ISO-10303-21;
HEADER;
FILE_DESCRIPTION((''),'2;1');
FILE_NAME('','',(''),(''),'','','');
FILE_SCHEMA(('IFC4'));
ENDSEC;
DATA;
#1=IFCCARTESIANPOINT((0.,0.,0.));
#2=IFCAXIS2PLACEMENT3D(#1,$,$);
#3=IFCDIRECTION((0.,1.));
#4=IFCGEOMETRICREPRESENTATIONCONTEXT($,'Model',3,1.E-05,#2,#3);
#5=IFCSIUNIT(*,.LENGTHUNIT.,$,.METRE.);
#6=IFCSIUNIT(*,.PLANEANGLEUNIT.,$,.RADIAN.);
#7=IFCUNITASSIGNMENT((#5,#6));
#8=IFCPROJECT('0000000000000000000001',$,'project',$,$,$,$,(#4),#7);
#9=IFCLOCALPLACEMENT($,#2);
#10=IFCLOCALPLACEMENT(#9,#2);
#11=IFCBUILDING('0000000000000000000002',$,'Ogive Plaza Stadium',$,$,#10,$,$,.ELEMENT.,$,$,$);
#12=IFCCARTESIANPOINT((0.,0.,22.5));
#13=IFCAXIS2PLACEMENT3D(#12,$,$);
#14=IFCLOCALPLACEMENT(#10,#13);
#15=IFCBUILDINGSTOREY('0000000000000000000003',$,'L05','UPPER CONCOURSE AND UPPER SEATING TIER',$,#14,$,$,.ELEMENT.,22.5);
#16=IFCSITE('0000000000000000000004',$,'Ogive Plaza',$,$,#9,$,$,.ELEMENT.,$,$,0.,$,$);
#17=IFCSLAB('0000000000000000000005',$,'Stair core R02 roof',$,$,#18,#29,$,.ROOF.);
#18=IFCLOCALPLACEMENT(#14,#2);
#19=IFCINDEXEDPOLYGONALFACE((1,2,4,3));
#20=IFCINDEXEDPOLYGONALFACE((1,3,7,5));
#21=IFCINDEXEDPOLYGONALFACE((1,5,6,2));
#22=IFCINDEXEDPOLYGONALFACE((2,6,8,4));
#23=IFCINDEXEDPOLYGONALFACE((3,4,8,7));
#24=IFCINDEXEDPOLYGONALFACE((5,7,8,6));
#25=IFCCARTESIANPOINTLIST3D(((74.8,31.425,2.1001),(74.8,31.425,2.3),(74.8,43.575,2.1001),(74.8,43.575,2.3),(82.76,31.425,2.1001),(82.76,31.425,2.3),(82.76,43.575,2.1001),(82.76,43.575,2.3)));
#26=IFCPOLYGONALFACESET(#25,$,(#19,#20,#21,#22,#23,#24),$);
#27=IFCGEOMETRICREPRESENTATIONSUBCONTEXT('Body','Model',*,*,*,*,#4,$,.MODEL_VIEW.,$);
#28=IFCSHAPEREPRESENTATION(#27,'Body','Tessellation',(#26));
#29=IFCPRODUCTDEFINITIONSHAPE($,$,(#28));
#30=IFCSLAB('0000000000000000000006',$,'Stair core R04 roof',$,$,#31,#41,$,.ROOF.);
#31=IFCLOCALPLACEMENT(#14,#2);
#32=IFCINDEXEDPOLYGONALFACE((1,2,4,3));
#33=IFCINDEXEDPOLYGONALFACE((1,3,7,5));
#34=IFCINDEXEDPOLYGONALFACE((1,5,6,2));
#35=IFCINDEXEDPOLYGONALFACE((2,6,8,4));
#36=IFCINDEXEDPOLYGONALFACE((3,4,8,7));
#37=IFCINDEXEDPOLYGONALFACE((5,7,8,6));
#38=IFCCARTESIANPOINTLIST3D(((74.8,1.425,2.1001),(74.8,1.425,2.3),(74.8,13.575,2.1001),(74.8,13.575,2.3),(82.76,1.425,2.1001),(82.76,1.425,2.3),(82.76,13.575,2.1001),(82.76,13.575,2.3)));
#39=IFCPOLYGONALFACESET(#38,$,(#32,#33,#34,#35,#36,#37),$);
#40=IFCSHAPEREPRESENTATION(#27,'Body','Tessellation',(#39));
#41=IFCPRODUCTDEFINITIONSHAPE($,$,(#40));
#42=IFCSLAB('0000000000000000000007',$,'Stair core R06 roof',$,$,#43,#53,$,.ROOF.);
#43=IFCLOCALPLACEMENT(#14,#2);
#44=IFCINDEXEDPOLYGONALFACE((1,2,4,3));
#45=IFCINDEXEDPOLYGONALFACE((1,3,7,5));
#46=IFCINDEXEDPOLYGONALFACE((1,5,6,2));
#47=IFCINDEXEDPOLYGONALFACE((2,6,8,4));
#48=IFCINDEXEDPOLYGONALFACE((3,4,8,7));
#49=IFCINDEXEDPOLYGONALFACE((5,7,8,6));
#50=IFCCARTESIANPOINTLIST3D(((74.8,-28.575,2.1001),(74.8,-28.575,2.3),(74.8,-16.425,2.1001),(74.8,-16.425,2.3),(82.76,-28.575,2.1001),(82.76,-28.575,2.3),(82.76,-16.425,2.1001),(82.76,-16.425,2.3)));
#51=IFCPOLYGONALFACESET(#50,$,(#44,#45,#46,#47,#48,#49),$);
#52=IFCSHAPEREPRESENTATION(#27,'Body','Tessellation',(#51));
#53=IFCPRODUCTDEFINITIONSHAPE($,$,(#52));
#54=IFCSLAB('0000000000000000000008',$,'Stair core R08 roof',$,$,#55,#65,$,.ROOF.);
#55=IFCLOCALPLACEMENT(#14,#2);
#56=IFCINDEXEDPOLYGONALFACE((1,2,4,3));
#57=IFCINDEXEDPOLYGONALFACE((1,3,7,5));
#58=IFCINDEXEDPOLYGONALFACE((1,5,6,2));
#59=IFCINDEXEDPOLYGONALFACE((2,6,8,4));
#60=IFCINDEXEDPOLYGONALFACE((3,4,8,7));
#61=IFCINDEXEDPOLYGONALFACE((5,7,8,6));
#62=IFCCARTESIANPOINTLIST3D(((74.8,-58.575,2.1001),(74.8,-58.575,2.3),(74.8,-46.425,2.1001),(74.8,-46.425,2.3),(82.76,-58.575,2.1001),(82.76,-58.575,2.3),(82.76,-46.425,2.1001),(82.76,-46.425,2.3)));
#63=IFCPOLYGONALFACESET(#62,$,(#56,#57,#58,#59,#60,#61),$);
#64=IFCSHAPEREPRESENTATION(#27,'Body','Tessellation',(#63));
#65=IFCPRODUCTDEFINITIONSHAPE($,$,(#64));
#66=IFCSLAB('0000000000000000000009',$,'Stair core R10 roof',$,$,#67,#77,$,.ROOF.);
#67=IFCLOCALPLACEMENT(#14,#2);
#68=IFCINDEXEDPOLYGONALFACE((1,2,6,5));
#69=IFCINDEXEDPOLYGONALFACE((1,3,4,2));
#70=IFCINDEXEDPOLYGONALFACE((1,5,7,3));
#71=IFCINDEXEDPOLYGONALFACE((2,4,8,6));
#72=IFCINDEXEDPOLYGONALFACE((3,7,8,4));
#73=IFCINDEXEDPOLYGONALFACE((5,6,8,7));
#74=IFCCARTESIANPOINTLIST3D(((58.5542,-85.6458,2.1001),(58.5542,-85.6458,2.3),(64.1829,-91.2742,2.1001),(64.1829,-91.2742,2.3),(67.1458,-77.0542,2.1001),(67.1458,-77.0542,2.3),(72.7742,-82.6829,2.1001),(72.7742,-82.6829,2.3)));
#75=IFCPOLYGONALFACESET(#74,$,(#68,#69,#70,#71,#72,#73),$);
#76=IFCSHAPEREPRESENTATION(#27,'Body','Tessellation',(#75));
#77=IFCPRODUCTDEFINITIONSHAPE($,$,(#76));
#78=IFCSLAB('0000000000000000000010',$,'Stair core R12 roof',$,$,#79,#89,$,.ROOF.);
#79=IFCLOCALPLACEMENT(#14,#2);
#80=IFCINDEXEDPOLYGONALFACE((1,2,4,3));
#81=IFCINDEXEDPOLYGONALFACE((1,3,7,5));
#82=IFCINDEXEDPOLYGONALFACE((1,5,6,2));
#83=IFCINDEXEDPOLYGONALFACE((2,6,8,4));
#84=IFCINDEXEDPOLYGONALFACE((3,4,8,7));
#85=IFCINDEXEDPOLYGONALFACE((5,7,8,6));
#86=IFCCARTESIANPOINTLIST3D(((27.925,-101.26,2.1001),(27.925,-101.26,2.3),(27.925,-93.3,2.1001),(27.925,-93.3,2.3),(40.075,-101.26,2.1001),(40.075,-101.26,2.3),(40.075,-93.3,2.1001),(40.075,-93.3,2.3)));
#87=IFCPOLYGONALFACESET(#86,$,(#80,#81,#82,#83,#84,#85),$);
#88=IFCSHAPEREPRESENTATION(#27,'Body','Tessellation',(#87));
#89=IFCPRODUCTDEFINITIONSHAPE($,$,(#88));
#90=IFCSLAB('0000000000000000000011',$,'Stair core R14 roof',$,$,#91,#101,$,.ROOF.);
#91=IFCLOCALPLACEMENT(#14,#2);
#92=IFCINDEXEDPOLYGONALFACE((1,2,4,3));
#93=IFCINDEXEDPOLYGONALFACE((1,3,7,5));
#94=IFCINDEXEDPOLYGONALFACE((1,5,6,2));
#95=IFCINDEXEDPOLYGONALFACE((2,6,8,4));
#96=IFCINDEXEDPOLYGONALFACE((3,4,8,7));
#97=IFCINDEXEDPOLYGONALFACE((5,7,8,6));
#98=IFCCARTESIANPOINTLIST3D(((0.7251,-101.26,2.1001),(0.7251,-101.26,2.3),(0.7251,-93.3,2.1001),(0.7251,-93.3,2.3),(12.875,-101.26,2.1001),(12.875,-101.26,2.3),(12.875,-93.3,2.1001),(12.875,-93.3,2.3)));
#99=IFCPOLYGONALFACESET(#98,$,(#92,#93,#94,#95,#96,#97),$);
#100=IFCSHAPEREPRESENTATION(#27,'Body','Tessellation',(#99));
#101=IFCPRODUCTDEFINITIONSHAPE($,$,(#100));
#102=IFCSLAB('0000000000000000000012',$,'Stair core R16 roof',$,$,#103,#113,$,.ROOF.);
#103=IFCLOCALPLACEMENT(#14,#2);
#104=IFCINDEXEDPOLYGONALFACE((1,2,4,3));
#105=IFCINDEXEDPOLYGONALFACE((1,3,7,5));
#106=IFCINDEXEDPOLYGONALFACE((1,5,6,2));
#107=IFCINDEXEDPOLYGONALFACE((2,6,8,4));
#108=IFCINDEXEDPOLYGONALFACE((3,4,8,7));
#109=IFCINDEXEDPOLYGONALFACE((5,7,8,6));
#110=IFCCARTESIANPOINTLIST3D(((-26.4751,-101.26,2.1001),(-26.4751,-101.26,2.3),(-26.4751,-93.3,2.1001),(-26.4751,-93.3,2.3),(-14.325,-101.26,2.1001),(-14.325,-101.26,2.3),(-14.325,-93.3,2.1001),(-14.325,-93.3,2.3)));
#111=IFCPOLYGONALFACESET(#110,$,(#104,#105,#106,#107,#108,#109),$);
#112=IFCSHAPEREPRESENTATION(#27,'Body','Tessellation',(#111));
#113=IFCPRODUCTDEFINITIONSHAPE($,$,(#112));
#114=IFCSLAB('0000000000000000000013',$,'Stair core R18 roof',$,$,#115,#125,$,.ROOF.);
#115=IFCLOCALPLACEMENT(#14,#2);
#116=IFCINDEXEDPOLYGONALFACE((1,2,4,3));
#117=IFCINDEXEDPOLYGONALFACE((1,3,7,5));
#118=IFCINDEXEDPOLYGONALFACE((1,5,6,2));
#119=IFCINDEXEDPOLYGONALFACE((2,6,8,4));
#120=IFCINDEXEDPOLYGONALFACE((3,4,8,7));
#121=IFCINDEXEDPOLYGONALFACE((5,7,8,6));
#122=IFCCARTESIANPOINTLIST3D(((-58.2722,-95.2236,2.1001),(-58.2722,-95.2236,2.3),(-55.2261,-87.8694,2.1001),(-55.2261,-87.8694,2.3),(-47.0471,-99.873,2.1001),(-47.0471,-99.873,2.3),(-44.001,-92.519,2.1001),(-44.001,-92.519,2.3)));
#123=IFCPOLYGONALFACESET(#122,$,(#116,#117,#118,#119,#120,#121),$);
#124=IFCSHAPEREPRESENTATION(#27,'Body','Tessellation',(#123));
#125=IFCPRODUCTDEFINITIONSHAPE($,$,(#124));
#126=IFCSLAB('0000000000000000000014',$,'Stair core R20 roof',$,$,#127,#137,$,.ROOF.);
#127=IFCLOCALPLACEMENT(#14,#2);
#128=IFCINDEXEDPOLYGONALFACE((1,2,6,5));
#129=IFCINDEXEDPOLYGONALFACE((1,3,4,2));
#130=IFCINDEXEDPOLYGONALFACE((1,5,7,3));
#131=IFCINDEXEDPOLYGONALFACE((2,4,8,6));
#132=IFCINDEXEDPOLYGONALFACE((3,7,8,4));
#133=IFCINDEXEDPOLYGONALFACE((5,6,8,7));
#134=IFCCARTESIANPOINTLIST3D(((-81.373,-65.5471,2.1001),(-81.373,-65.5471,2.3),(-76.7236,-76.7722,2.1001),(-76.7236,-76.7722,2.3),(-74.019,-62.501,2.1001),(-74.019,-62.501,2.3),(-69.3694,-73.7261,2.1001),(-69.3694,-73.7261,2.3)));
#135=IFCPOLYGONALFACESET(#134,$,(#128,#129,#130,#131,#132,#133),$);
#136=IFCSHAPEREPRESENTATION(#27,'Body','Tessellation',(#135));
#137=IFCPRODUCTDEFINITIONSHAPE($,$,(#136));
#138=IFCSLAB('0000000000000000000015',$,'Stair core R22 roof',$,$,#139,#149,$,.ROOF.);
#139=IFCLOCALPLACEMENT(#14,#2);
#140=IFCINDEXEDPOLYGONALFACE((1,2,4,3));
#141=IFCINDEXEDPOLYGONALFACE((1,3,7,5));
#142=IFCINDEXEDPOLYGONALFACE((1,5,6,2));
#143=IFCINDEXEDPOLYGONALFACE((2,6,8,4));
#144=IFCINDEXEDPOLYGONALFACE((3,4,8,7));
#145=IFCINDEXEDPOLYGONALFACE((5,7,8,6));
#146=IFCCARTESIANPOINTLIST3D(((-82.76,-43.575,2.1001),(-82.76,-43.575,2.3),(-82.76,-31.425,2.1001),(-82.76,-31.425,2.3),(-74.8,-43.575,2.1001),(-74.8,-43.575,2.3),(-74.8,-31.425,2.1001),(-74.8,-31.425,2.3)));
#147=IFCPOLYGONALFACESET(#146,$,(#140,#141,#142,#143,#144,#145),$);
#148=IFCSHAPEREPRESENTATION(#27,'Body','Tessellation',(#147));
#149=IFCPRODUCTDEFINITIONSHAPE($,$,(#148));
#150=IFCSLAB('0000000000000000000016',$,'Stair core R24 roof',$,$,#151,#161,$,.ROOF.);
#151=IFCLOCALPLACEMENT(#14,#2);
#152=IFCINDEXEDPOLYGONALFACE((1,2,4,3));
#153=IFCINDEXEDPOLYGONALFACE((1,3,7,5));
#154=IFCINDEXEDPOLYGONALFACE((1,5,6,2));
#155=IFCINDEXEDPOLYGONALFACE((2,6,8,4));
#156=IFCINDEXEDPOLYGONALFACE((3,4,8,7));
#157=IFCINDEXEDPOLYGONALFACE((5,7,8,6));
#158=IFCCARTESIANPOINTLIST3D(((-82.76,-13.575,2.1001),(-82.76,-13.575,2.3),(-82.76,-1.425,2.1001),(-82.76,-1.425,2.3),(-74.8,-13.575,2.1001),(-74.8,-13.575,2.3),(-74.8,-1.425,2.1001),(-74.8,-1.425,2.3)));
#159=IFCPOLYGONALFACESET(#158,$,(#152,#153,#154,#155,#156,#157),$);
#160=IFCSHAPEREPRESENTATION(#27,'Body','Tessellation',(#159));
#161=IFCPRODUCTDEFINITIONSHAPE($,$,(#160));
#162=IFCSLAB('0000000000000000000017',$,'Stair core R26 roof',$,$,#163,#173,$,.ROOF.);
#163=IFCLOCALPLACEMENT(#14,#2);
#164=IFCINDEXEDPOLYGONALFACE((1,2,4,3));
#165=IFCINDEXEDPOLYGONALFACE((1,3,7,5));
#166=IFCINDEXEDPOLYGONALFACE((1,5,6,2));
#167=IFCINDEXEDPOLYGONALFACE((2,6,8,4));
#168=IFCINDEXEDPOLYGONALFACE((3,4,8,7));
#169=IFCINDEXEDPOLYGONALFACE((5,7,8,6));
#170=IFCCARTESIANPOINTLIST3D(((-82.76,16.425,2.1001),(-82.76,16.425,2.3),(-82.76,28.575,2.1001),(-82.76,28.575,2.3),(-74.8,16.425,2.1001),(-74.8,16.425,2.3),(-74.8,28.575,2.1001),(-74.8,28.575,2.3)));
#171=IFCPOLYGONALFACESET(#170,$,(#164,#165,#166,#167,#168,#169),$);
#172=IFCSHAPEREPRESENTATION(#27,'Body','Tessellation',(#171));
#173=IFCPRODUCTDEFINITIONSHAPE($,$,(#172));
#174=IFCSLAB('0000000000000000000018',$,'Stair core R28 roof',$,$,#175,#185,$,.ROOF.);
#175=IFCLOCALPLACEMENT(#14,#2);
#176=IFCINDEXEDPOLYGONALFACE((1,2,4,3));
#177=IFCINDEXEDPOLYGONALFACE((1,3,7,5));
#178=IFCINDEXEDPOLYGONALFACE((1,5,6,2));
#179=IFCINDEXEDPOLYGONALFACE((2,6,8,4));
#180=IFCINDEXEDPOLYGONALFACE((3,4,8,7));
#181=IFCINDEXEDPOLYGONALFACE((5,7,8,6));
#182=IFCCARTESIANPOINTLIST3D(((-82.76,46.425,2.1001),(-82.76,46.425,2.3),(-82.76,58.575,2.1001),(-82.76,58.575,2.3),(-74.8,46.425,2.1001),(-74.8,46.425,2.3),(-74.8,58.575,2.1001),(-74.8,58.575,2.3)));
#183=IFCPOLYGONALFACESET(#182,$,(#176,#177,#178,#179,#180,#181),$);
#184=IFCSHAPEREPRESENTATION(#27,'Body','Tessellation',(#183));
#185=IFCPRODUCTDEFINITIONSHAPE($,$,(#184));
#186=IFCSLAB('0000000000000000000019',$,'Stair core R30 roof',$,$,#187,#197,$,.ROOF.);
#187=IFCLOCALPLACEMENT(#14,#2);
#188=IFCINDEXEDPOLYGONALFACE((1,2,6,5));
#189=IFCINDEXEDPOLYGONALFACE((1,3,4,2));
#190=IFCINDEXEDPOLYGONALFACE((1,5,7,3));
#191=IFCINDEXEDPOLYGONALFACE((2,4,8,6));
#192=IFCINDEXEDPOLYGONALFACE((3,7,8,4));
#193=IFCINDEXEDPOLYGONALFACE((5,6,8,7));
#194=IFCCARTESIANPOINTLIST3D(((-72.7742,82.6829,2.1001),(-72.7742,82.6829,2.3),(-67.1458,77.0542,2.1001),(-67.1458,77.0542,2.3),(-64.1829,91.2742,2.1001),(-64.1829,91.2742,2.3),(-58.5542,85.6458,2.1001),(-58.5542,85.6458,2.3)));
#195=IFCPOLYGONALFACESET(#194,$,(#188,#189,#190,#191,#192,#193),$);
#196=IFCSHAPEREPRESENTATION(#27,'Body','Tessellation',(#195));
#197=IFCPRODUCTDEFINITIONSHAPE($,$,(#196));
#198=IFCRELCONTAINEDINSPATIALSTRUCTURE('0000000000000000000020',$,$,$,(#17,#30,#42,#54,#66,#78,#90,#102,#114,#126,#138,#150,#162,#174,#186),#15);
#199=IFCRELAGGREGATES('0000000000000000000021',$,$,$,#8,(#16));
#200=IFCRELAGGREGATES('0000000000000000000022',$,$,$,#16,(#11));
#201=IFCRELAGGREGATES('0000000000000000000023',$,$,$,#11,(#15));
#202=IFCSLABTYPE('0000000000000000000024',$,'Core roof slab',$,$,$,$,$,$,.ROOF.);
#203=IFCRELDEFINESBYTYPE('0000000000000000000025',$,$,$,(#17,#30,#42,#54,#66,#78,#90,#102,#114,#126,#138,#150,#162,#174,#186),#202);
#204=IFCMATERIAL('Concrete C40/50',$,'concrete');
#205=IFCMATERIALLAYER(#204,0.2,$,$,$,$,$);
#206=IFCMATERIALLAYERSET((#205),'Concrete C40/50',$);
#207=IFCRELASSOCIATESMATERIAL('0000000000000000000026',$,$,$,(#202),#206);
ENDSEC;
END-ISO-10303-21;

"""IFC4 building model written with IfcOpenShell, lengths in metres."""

from ifc_helpers import new_model, si_unit, direction, frame, origin, place, context, subcontext, project, spatial, polyline, outline, extrude, material, layer, layer_set, type_object, element, save


model = new_model("IFC4")

# Units and contexts
model_context = context("Model", 3, precision=1e-05, world=origin(), true_north=direction((0.0, 1.0)))
body_context = subcontext(model_context, "Body", "Model", "MODEL_VIEW")
ifc_project = project(units=[si_unit("LENGTHUNIT", "METRE"), si_unit("PLANEANGLEUNIT", "RADIAN")], contexts=[model_context])

# Site, building, storey
site_placement = place(None, origin())
site = spatial("IfcSite", under=ifc_project, at=site_placement, Name="Ogive Plaza", CompositionType="ELEMENT", RefElevation=0.0)
building_placement = place(site_placement, origin())
building = spatial("IfcBuilding", under=site, at=building_placement, Name="Ogive Plaza Stadium", CompositionType="ELEMENT")
storey_placement = place(building_placement, frame((0.0, 0.0, 22.5)))
storey = spatial("IfcBuildingStorey", under=building, at=storey_placement, Name="L05", Description="UPPER CONCOURSE AND UPPER SEATING TIER", CompositionType="ELEMENT", Elevation=22.5)

# Slabs
ifc_material = material(Name="Concrete C40/50", Category="concrete")
ifc_layer = layer(ifc_material, 0.2)
ifc_layer_set = layer_set([ifc_layer], Name="Concrete C40/50")
slab_type = type_object("IfcSlabType", Name="Core roof slab", PredefinedType="ROOF", material=ifc_layer_set)
slab_1_placement = place(storey_placement, frame((0.0, 0.0, 2.1001)))
element("IfcSlab", 1, at=slab_1_placement, inside=storey, type_object=slab_type, Name="Stair core R02 roof", PredefinedType="ROOF", context=body_context, shape_type="SweptSolid", body=[
    extrude(outline(polyline([(74.8, 31.425), (82.76, 31.425), (82.76, 43.575), (74.8, 43.575), (74.8, 31.425)])), origin(), (0.0, 0.0, 1.0), 0.2),
])
slab_2_placement = place(storey_placement, frame((0.0, 0.0, 2.1001)))
element("IfcSlab", 2, at=slab_2_placement, inside=storey, type_object=slab_type, Name="Stair core R04 roof", PredefinedType="ROOF", context=body_context, shape_type="SweptSolid", body=[
    extrude(outline(polyline([(74.8, 1.425), (82.76, 1.425), (82.76, 13.575), (74.8, 13.575), (74.8, 1.425)])), origin(), (0.0, 0.0, 1.0), 0.2),
])
slab_3_placement = place(storey_placement, frame((0.0, 0.0, 2.1001)))
element("IfcSlab", 3, at=slab_3_placement, inside=storey, type_object=slab_type, Name="Stair core R06 roof", PredefinedType="ROOF", context=body_context, shape_type="SweptSolid", body=[
    extrude(outline(polyline([(74.8, -28.575), (82.76, -28.575), (82.76, -16.425), (74.8, -16.425), (74.8, -28.575)])), origin(), (0.0, 0.0, 1.0), 0.2),
])
slab_4_placement = place(storey_placement, frame((0.0, 0.0, 2.1001)))
element("IfcSlab", 4, at=slab_4_placement, inside=storey, type_object=slab_type, Name="Stair core R08 roof", PredefinedType="ROOF", context=body_context, shape_type="SweptSolid", body=[
    extrude(outline(polyline([(74.8, -58.575), (82.76, -58.575), (82.76, -46.425), (74.8, -46.425), (74.8, -58.575)])), origin(), (0.0, 0.0, 1.0), 0.2),
])
slab_5_placement = place(storey_placement, frame((0.0, 0.0, 2.1001)))
element("IfcSlab", 5, at=slab_5_placement, inside=storey, type_object=slab_type, Name="Stair core R10 roof", PredefinedType="ROOF", context=body_context, shape_type="SweptSolid", body=[
    extrude(outline(polyline([(58.5542, -85.6458), (64.1829, -91.2742), (72.7742, -82.6829), (67.1458, -77.0542), (58.5542, -85.6458)])), origin(), (0.0, 0.0, 1.0), 0.2),
])
slab_6_placement = place(storey_placement, frame((0.0, 0.0, 2.1001)))
element("IfcSlab", 6, at=slab_6_placement, inside=storey, type_object=slab_type, Name="Stair core R12 roof", PredefinedType="ROOF", context=body_context, shape_type="SweptSolid", body=[
    extrude(outline(polyline([(27.925, -93.3), (27.925, -101.26), (40.075, -101.26), (40.075, -93.3), (27.925, -93.3)])), origin(), (0.0, 0.0, 1.0), 0.2),
])
slab_7_placement = place(storey_placement, frame((0.0, 0.0, 2.1001)))
element("IfcSlab", 7, at=slab_7_placement, inside=storey, type_object=slab_type, Name="Stair core R14 roof", PredefinedType="ROOF", context=body_context, shape_type="SweptSolid", body=[
    extrude(outline(polyline([(0.7251, -93.3), (0.7251, -101.26), (12.875, -101.26), (12.875, -93.3), (0.7251, -93.3)])), origin(), (0.0, 0.0, 1.0), 0.2),
])
slab_8_placement = place(storey_placement, frame((0.0, 0.0, 2.1001)))
element("IfcSlab", 8, at=slab_8_placement, inside=storey, type_object=slab_type, Name="Stair core R16 roof", PredefinedType="ROOF", context=body_context, shape_type="SweptSolid", body=[
    extrude(outline(polyline([(-26.4751, -93.3), (-26.4751, -101.26), (-14.325, -101.26), (-14.325, -93.3), (-26.4751, -93.3)])), origin(), (0.0, 0.0, 1.0), 0.2),
])
slab_9_placement = place(storey_placement, frame((0.0, 0.0, 2.1001)))
element("IfcSlab", 9, at=slab_9_placement, inside=storey, type_object=slab_type, Name="Stair core R18 roof", PredefinedType="ROOF", context=body_context, shape_type="SweptSolid", body=[
    extrude(outline(polyline([(-55.2261, -87.8694), (-58.2722, -95.2236), (-47.0471, -99.873), (-44.001, -92.519), (-55.2261, -87.8694)])), origin(), (0.0, 0.0, 1.0), 0.2),
])
slab_10_placement = place(storey_placement, frame((0.0, 0.0, 2.1001)))
element("IfcSlab", 10, at=slab_10_placement, inside=storey, type_object=slab_type, Name="Stair core R20 roof", PredefinedType="ROOF", context=body_context, shape_type="SweptSolid", body=[
    extrude(outline(polyline([(-74.019, -62.501), (-81.373, -65.5471), (-76.7236, -76.7722), (-69.3694, -73.7261), (-74.019, -62.501)])), origin(), (0.0, 0.0, 1.0), 0.2),
])
slab_11_placement = place(storey_placement, frame((0.0, 0.0, 2.1001)))
element("IfcSlab", 11, at=slab_11_placement, inside=storey, type_object=slab_type, Name="Stair core R22 roof", PredefinedType="ROOF", context=body_context, shape_type="SweptSolid", body=[
    extrude(outline(polyline([(-74.8, -31.425), (-82.76, -31.425), (-82.76, -43.575), (-74.8, -43.575), (-74.8, -31.425)])), origin(), (0.0, 0.0, 1.0), 0.2),
])
slab_12_placement = place(storey_placement, frame((0.0, 0.0, 2.1001)))
element("IfcSlab", 12, at=slab_12_placement, inside=storey, type_object=slab_type, Name="Stair core R24 roof", PredefinedType="ROOF", context=body_context, shape_type="SweptSolid", body=[
    extrude(outline(polyline([(-74.8, -1.425), (-82.76, -1.425), (-82.76, -13.575), (-74.8, -13.575), (-74.8, -1.425)])), origin(), (0.0, 0.0, 1.0), 0.2),
])
slab_13_placement = place(storey_placement, frame((0.0, 0.0, 2.1001)))
element("IfcSlab", 13, at=slab_13_placement, inside=storey, type_object=slab_type, Name="Stair core R26 roof", PredefinedType="ROOF", context=body_context, shape_type="SweptSolid", body=[
    extrude(outline(polyline([(-74.8, 28.575), (-82.76, 28.575), (-82.76, 16.425), (-74.8, 16.425), (-74.8, 28.575)])), origin(), (0.0, 0.0, 1.0), 0.2),
])
slab_14_placement = place(storey_placement, frame((0.0, 0.0, 2.1001)))
element("IfcSlab", 14, at=slab_14_placement, inside=storey, type_object=slab_type, Name="Stair core R28 roof", PredefinedType="ROOF", context=body_context, shape_type="SweptSolid", body=[
    extrude(outline(polyline([(-74.8, 58.575), (-82.76, 58.575), (-82.76, 46.425), (-74.8, 46.425), (-74.8, 58.575)])), origin(), (0.0, 0.0, 1.0), 0.2),
])
slab_15_placement = place(storey_placement, frame((0.0, 0.0, 2.1001)))
element("IfcSlab", 15, at=slab_15_placement, inside=storey, type_object=slab_type, Name="Stair core R30 roof", PredefinedType="ROOF", context=body_context, shape_type="SweptSolid", body=[
    extrude(outline(polyline([(-58.5542, 85.6458), (-64.1829, 91.2742), (-72.7742, 82.6829), (-67.1458, 77.0542), (-58.5542, 85.6458)])), origin(), (0.0, 0.0, 1.0), 0.2),
])

save(model, "model.ifc")
